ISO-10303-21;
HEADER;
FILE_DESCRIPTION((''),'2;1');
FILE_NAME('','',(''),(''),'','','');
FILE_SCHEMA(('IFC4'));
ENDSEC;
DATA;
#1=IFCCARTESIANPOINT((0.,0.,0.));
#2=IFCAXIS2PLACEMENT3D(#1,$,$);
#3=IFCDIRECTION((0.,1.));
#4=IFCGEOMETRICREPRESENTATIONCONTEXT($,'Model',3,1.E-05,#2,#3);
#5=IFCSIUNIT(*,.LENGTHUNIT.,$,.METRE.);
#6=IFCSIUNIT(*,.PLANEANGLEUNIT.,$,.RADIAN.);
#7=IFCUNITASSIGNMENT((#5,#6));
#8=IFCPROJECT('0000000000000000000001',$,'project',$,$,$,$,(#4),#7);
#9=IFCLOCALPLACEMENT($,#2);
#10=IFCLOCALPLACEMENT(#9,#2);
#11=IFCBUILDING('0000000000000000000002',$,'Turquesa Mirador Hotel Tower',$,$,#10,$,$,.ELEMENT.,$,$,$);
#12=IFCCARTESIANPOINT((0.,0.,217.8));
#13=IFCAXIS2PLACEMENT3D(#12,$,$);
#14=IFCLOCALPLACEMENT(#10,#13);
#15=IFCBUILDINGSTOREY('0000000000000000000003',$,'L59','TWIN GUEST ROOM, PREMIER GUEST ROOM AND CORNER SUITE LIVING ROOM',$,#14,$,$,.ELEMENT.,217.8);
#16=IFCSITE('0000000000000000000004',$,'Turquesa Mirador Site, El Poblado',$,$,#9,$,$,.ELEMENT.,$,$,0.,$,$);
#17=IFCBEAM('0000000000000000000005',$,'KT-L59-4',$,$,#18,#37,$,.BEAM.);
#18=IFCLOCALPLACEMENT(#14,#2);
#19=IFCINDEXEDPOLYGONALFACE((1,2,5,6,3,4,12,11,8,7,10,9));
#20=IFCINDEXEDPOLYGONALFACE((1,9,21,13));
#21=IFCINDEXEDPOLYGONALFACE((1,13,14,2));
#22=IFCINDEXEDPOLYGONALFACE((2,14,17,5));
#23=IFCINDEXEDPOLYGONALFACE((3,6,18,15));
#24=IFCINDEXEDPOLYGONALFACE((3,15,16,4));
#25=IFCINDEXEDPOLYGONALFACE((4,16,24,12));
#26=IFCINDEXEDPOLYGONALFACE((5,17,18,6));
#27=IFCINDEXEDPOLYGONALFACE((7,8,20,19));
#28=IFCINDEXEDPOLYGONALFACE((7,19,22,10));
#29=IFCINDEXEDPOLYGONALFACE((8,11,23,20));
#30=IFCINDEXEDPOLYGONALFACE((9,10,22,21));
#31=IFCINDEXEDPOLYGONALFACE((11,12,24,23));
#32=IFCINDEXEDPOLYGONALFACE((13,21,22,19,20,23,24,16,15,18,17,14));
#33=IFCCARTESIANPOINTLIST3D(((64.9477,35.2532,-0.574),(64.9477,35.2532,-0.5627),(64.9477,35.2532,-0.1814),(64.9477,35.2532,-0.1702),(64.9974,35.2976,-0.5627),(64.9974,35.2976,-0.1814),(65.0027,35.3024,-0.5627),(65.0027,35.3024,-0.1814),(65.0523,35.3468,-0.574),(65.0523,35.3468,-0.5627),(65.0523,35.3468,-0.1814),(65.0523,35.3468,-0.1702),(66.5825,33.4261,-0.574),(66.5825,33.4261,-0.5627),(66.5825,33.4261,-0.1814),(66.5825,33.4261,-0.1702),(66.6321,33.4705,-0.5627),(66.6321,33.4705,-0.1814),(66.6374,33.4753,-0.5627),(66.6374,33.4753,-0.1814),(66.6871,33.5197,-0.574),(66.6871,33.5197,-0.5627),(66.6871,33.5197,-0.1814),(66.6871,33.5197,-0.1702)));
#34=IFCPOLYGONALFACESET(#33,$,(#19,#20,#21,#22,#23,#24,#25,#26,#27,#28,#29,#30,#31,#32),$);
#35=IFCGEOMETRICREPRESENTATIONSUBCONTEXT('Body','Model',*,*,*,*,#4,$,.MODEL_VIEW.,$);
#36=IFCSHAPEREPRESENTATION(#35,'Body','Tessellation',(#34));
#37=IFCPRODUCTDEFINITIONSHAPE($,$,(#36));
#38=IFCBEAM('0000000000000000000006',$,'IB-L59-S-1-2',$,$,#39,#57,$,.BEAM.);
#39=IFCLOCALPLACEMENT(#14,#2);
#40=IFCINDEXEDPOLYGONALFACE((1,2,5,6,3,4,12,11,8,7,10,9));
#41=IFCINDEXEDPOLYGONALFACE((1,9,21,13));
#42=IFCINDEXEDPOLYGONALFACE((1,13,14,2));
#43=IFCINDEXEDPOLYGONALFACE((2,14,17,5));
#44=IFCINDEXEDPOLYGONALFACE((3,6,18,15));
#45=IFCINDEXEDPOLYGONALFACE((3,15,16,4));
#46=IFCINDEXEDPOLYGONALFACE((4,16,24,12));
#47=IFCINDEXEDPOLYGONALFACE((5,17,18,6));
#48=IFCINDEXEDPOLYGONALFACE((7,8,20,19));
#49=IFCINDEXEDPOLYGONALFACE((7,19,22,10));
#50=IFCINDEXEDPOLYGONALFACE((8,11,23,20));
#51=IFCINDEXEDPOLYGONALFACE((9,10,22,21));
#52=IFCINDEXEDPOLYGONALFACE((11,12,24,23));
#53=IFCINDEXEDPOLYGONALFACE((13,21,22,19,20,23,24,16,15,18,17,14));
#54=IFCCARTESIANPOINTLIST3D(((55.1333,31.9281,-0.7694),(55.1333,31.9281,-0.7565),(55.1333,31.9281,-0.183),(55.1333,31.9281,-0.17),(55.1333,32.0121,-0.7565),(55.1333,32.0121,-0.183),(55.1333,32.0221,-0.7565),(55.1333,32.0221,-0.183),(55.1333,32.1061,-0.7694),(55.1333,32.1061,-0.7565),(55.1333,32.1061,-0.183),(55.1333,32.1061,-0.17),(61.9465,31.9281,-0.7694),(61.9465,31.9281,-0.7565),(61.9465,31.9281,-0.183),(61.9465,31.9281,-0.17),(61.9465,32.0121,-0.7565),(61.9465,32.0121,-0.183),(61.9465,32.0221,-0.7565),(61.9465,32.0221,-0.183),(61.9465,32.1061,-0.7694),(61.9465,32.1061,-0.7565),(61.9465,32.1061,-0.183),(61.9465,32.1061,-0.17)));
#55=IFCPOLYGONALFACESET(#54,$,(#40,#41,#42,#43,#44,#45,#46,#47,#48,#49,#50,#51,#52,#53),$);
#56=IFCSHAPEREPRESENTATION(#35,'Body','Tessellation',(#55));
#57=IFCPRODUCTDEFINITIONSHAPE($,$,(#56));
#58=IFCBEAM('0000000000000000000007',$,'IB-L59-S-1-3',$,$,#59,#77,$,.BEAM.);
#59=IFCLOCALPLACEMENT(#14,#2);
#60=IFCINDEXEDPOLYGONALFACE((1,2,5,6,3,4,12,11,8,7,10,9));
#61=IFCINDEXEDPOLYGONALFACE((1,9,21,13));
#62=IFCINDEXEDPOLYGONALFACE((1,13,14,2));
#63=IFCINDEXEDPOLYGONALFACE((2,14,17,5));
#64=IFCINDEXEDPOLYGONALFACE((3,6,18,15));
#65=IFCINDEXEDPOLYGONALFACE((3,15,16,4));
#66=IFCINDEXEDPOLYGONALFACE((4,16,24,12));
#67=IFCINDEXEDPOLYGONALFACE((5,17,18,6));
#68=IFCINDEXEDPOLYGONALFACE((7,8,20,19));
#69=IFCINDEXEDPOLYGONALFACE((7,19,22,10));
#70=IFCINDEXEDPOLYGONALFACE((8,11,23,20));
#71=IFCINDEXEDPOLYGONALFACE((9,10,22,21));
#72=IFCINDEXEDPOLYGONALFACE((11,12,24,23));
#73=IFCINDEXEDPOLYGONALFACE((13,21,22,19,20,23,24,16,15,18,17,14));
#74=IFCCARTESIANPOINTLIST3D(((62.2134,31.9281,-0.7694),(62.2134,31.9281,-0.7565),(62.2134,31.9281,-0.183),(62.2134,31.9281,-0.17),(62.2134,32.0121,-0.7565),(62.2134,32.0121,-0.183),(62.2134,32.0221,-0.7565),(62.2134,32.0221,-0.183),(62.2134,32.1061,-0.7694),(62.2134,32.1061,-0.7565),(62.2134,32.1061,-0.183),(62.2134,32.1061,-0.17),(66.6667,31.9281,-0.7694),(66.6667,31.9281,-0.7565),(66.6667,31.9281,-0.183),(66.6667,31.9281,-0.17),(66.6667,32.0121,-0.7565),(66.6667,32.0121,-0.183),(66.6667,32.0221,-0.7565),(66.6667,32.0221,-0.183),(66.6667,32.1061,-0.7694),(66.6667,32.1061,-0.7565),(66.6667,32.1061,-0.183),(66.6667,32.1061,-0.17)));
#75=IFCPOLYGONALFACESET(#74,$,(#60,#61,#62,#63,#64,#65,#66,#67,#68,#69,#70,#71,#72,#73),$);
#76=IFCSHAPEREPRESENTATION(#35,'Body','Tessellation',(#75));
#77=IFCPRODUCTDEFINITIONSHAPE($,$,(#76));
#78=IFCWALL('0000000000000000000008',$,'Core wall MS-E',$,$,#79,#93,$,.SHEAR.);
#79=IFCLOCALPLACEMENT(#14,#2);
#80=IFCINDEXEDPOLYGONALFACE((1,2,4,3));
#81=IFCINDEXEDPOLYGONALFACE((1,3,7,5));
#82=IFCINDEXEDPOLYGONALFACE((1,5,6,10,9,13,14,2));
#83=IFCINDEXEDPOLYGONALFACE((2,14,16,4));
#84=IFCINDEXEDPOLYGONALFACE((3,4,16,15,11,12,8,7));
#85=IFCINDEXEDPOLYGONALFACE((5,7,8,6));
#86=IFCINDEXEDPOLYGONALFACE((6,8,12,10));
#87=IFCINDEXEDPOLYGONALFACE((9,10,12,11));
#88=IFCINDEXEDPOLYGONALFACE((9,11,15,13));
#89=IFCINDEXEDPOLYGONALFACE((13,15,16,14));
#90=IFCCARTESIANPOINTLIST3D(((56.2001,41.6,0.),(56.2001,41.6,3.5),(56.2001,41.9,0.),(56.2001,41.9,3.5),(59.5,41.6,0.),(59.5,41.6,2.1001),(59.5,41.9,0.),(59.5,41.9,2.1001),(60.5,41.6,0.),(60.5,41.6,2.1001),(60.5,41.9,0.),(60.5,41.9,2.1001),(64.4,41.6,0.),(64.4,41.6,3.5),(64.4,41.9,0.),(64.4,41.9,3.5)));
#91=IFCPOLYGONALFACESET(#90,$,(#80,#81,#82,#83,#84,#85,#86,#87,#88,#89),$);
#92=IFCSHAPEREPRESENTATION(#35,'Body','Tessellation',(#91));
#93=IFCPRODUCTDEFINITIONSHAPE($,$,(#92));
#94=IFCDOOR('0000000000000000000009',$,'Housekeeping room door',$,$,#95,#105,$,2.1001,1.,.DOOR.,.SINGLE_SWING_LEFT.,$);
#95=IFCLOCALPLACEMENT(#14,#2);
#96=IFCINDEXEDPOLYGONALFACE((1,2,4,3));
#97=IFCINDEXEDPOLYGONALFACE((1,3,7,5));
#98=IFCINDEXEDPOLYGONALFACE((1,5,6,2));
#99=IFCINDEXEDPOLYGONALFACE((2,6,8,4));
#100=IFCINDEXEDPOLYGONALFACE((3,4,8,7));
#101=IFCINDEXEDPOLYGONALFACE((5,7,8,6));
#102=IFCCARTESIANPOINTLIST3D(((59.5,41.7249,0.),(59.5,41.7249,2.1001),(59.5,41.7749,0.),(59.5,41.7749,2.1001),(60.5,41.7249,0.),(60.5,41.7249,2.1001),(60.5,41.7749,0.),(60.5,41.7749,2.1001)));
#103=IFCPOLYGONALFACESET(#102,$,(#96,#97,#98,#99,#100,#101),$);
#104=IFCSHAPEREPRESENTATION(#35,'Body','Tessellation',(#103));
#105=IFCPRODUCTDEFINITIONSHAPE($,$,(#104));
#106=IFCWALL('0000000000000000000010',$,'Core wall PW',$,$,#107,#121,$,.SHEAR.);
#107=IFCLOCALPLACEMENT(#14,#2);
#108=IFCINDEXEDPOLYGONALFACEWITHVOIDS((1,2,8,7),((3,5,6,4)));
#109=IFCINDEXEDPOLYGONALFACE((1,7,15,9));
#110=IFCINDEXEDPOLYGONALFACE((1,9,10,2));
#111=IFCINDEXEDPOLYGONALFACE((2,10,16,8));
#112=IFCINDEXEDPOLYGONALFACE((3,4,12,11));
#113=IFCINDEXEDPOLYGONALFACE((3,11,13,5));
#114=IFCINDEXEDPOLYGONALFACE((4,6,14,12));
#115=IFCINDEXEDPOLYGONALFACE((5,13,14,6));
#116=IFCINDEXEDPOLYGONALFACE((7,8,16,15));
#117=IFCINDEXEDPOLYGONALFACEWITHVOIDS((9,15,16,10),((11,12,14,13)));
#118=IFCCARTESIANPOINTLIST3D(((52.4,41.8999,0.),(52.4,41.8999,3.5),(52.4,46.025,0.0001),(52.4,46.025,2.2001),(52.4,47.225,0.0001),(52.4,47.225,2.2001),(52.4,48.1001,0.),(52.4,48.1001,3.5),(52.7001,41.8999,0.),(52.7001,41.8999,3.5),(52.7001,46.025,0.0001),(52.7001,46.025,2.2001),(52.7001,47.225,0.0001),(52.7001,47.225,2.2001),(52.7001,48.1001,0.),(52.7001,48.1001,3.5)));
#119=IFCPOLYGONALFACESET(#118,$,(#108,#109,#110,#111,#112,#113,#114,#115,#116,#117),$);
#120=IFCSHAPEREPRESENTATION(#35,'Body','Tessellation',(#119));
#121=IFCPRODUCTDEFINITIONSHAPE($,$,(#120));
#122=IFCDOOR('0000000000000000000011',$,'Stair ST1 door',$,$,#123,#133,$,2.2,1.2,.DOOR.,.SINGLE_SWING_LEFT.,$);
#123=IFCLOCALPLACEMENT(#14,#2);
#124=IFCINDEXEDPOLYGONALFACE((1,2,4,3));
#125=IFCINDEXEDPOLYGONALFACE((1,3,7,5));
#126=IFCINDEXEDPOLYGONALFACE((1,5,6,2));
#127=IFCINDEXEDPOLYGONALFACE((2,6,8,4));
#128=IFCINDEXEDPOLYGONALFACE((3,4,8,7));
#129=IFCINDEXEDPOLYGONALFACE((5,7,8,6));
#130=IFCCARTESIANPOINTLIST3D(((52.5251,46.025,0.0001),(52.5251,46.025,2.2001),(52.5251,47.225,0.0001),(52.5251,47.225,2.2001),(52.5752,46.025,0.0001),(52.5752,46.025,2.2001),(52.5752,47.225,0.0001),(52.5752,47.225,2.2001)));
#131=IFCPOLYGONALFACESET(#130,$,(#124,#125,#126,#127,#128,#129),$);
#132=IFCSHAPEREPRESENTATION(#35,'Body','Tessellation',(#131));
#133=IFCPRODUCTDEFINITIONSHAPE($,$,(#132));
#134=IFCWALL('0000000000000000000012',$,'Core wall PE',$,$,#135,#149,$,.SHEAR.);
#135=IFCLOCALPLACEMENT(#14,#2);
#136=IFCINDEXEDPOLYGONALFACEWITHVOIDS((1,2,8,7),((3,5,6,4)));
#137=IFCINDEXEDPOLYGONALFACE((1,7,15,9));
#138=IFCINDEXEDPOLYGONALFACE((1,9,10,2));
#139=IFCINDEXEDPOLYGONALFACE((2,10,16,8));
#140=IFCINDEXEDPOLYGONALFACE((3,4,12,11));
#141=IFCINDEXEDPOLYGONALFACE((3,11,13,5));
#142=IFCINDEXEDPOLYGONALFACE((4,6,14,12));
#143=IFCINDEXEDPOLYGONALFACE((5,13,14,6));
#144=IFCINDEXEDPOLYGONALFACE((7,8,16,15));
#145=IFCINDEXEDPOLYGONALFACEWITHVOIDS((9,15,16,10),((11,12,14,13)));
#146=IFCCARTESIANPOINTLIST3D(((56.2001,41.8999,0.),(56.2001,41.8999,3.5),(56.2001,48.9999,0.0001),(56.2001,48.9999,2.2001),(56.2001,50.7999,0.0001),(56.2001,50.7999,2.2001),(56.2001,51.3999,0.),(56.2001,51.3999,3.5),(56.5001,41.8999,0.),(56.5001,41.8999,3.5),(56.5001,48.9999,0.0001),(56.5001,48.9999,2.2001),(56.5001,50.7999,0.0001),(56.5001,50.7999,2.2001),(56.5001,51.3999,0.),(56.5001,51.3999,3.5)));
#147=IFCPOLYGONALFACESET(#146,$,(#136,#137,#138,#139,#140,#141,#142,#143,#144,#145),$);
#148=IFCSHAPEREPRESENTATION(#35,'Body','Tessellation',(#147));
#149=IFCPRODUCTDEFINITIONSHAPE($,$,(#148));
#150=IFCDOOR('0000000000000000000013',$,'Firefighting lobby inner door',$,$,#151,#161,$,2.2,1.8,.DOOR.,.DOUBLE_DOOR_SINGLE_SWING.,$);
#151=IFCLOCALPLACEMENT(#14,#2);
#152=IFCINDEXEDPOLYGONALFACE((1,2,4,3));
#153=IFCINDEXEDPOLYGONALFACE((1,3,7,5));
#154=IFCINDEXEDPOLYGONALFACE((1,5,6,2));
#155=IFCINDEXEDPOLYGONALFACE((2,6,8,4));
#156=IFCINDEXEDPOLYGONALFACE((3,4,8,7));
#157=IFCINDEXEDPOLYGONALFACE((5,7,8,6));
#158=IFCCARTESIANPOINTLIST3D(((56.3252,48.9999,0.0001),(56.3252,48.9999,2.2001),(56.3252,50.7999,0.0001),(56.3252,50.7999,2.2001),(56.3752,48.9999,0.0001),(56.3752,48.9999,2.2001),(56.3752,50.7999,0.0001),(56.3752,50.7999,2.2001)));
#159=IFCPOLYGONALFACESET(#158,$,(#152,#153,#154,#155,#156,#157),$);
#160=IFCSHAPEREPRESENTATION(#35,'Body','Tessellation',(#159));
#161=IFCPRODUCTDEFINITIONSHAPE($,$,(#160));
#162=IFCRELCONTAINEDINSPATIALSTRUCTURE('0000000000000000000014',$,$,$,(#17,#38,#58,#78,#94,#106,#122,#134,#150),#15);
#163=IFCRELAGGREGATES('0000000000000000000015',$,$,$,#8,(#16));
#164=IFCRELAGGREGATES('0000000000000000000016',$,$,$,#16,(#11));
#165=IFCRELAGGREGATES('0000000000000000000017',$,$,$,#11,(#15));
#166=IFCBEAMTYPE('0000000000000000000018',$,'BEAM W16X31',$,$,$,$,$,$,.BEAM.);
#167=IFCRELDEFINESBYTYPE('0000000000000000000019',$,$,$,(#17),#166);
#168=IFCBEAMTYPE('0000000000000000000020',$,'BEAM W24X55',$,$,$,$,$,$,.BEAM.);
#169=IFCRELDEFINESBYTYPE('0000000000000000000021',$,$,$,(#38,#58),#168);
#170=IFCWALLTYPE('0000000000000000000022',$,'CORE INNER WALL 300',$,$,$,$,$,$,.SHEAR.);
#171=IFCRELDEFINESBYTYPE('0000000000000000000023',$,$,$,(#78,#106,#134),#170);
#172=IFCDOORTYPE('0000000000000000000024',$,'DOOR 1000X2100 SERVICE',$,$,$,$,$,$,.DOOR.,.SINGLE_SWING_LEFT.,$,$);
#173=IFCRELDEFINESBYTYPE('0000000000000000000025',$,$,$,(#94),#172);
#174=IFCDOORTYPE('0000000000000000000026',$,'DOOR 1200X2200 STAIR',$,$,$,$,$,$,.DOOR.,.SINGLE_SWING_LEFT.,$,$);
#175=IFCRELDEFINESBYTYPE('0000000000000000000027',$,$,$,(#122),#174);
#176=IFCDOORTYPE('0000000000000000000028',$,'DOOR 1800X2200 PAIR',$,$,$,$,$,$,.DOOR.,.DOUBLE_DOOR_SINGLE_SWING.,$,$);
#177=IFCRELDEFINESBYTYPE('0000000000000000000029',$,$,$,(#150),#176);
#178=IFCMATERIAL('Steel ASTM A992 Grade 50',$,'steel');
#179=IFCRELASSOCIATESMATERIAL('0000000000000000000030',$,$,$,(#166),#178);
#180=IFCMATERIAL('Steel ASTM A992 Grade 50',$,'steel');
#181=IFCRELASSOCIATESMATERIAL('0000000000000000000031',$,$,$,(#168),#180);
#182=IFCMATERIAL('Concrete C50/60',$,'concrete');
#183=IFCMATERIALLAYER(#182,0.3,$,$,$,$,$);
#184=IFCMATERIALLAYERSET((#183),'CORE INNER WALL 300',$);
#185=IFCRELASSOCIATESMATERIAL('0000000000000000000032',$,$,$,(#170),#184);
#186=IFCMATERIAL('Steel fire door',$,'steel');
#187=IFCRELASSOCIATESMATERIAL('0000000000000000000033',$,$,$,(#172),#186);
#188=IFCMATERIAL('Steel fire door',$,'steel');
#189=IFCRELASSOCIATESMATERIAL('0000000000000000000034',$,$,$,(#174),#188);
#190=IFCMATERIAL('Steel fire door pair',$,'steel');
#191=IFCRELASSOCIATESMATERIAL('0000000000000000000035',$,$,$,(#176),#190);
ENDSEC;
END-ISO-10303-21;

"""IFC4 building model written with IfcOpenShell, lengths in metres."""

from ifc_helpers import new_model, si_unit, direction, frame, frame_2d, origin, origin_2d, place, context, subcontext, project, spatial, rectangle, i_section, extrude, material, layer, layer_set, material_profile, profile_set, type_object, element, fill, save


model = new_model("IFC4")

# Units and contexts
model_context = context("Model", 3, precision=1e-05, world=origin(), true_north=direction((0.0, 1.0)))
body_context = subcontext(model_context, "Body", "Model", "MODEL_VIEW")
ifc_project = project(units=[si_unit("LENGTHUNIT", "METRE"), si_unit("PLANEANGLEUNIT", "RADIAN")], contexts=[model_context])

# Site, building, storey
site_placement = place(None, origin())
site = spatial("IfcSite", under=ifc_project, at=site_placement, Name="Turquesa Mirador Site, El Poblado", CompositionType="ELEMENT", RefElevation=0.0)
building_placement = place(site_placement, origin())
building = spatial("IfcBuilding", under=site, at=building_placement, Name="Turquesa Mirador Hotel Tower", CompositionType="ELEMENT")
storey_placement = place(building_placement, frame((0.0, 0.0, 217.8)))
storey = spatial("IfcBuildingStorey", under=building, at=storey_placement, Name="L59", Description="TWIN GUEST ROOM, PREMIER GUEST ROOM AND CORNER SUITE LIVING ROOM", CompositionType="ELEMENT", Elevation=217.8)

# Beams
ifc_material_1 = material(Name="Steel ASTM A992 Grade 50", Category="steel")
ifc_material_profile_1 = material_profile(ifc_material_1, i_section(OverallWidth=0.1404, OverallDepth=0.4038, WebThickness=0.0071, FlangeThickness=0.0112, at=origin_2d()), Name="W16X31")
ifc_profile_set_1 = profile_set([ifc_material_profile_1], Name="Steel ASTM A992 Grade 50")
beam_type_1 = type_object("IfcBeamType", Name="BEAM W16X31", PredefinedType="BEAM", material=ifc_profile_set_1)
beam_1_placement = place(storey_placement, frame((66.6348, 33.4729, -0.3721), z_axis=(-0.666783, 0.745252, 0.0), x_axis=(-0.745252, -0.666783, 0.0)))
element("IfcBeam", 1, at=beam_1_placement, inside=storey, type_object=beam_type_1, Name="KT-L59-4", PredefinedType="BEAM", context=body_context, shape_type="SweptSolid", body=[
    extrude(i_section(OverallWidth=0.1404, OverallDepth=0.4038, WebThickness=0.0071, FlangeThickness=0.0112, at=origin_2d()), origin(), (0.0, 0.0, 1.0), 2.4517),
])
ifc_material_2 = material(Name="Steel ASTM A992 Grade 50", Category="steel")
ifc_material_profile_2 = material_profile(ifc_material_2, i_section(OverallWidth=0.178, OverallDepth=0.5994, WebThickness=0.01, FlangeThickness=0.0129, at=origin_2d()), Name="W24X55")
ifc_profile_set_2 = profile_set([ifc_material_profile_2], Name="Steel ASTM A992 Grade 50")
beam_type_2 = type_object("IfcBeamType", Name="BEAM W24X55", PredefinedType="BEAM", material=ifc_profile_set_2)
beam_2_placement = place(storey_placement, frame((55.1333, 32.0171, -0.4697), z_axis=(1.0, 0.0, 0.0), x_axis=(0.0, 1.0, 0.0)))
element("IfcBeam", 2, at=beam_2_placement, inside=storey, type_object=beam_type_2, Name="IB-L59-S-1-2", PredefinedType="BEAM", context=body_context, shape_type="SweptSolid", body=[
    extrude(i_section(OverallWidth=0.178, OverallDepth=0.5994, WebThickness=0.01, FlangeThickness=0.0129, at=origin_2d()), origin(), (0.0, 0.0, 1.0), 6.8132),
])
beam_3_placement = place(storey_placement, frame((62.2134, 32.0171, -0.4697), z_axis=(1.0, 0.0, 0.0), x_axis=(0.0, 1.0, 0.0)))
element("IfcBeam", 3, at=beam_3_placement, inside=storey, type_object=beam_type_2, Name="IB-L59-S-1-3", PredefinedType="BEAM", context=body_context, shape_type="SweptSolid", body=[
    extrude(i_section(OverallWidth=0.178, OverallDepth=0.5994, WebThickness=0.01, FlangeThickness=0.0129, at=origin_2d()), origin(), (0.0, 0.0, 1.0), 4.4534),
])

# Walls, openings, doors
ifc_material_3 = material(Name="Concrete C50/60", Category="concrete")
ifc_layer_1 = layer(ifc_material_3, 0.3)
ifc_layer_set_1 = layer_set([ifc_layer_1], Name="CORE INNER WALL 300")
wall_type_1 = type_object("IfcWallType", Name="CORE INNER WALL 300", PredefinedType="SHEAR", material=ifc_layer_set_1)
wall_1_placement = place(storey_placement, frame((56.2, 41.75, 0.0), z_axis=(0.0, 0.0, 1.0), x_axis=(1.0, 0.0, 0.0)))
wall_1 = element("IfcWall", 4, at=wall_1_placement, inside=storey, type_object=wall_type_1, Name="Core wall MS-E", PredefinedType="SHEAR", context=body_context, shape_type="SweptSolid", body=[
    extrude(rectangle(XDim=8.2, YDim=0.3, at=frame_2d((4.1001, 0.0))), origin(), (0.0, 0.0, 1.0), 3.5),
])
opening_1_placement = place(wall_1_placement, frame((3.3, 0.0, 0.0)))
opening_1 = element("IfcOpeningElement", 5, at=opening_1_placement, cuts=wall_1, PredefinedType="OPENING", context=body_context, shape_type="SweptSolid", body=[
    extrude(rectangle(XDim=1.0, YDim=2.1001, at=frame_2d((0.5, 1.05))), frame((0.0, 0.1599, 0.0), z_axis=(0.0, -1.0, 0.0), x_axis=(1.0, 0.0, 0.0)), (0.0, 0.0, 1.0), 0.3201),
])
ifc_material_4 = material(Name="Steel fire door", Category="steel")
door_type_1 = type_object("IfcDoorType", Name="DOOR 1000X2100 SERVICE", OperationType="SINGLE_SWING_LEFT", PredefinedType="DOOR", material=ifc_material_4)
door_1_placement = place(opening_1_placement, origin())
door_1 = element("IfcDoor", 6, at=door_1_placement, inside=storey, type_object=door_type_1, Name="Housekeeping room door", OperationType="SINGLE_SWING_LEFT", OverallHeight=2.1001, OverallWidth=1.0, PredefinedType="DOOR", context=body_context, shape_type="SweptSolid", body=[
    extrude(rectangle(XDim=1.0, YDim=2.1001, at=frame_2d((0.5, 1.05))), frame((0.0, 0.0249, 0.0), z_axis=(0.0, -1.0, 0.0), x_axis=(1.0, 0.0, 0.0)), (0.0, 0.0, 1.0), 0.05),
])
fill(opening_1, door_1)
wall_2_placement = place(storey_placement, frame((52.55, 41.8999, 0.0), z_axis=(0.0, 0.0, 1.0), x_axis=(0.0, 1.0, 0.0)))
wall_2 = element("IfcWall", 7, at=wall_2_placement, inside=storey, type_object=wall_type_1, Name="Core wall PW", PredefinedType="SHEAR", context=body_context, shape_type="SweptSolid", body=[
    extrude(rectangle(XDim=6.2002, YDim=0.3, at=frame_2d((3.1001, 0.0))), origin(), (0.0, 0.0, 1.0), 3.5),
])
opening_2_placement = place(wall_2_placement, frame((4.125, 0.0, 0.0)))
opening_2 = element("IfcOpeningElement", 8, at=opening_2_placement, cuts=wall_2, PredefinedType="OPENING", context=body_context, shape_type="SweptSolid", body=[
    extrude(rectangle(XDim=1.2, YDim=2.2, at=frame_2d((0.6001, 1.1001))), frame((0.0, 0.1599, 0.0), z_axis=(0.0, -1.0, 0.0), x_axis=(1.0, 0.0, 0.0)), (0.0, 0.0, 1.0), 0.3201),
])
ifc_material_5 = material(Name="Steel fire door", Category="steel")
door_type_2 = type_object("IfcDoorType", Name="DOOR 1200X2200 STAIR", OperationType="SINGLE_SWING_LEFT", PredefinedType="DOOR", material=ifc_material_5)
door_2_placement = place(opening_2_placement, origin())
door_2 = element("IfcDoor", 9, at=door_2_placement, inside=storey, type_object=door_type_2, Name="Stair ST1 door", OperationType="SINGLE_SWING_LEFT", OverallHeight=2.2, OverallWidth=1.2, PredefinedType="DOOR", context=body_context, shape_type="SweptSolid", body=[
    extrude(rectangle(XDim=1.2, YDim=2.2, at=frame_2d((0.6001, 1.1001))), frame((0.0, 0.0249, 0.0), z_axis=(0.0, -1.0, 0.0), x_axis=(1.0, 0.0, 0.0)), (0.0, 0.0, 1.0), 0.05),
])
fill(opening_2, door_2)
wall_3_placement = place(storey_placement, frame((56.3501, 41.8999, 0.0), z_axis=(0.0, 0.0, 1.0), x_axis=(0.0, 1.0, 0.0)))
wall_3 = element("IfcWall", 10, at=wall_3_placement, inside=storey, type_object=wall_type_1, Name="Core wall PE", PredefinedType="SHEAR", context=body_context, shape_type="SweptSolid", body=[
    extrude(rectangle(XDim=9.5, YDim=0.3, at=frame_2d((4.75, 0.0))), origin(), (0.0, 0.0, 1.0), 3.5),
])
opening_3_placement = place(wall_3_placement, frame((7.1001, 0.0, 0.0)))
opening_3 = element("IfcOpeningElement", 11, at=opening_3_placement, cuts=wall_3, PredefinedType="OPENING", context=body_context, shape_type="SweptSolid", body=[
    extrude(rectangle(XDim=1.8, YDim=2.2, at=frame_2d((0.8999, 1.1001))), frame((0.0, 0.1599, 0.0), z_axis=(0.0, -1.0, 0.0), x_axis=(1.0, 0.0, 0.0)), (0.0, 0.0, 1.0), 0.3201),
])
ifc_material_6 = material(Name="Steel fire door pair", Category="steel")
door_type_3 = type_object("IfcDoorType", Name="DOOR 1800X2200 PAIR", OperationType="DOUBLE_DOOR_SINGLE_SWING", PredefinedType="DOOR", material=ifc_material_6)
door_3_placement = place(opening_3_placement, origin())
door_3 = element("IfcDoor", 12, at=door_3_placement, inside=storey, type_object=door_type_3, Name="Firefighting lobby inner door", OperationType="DOUBLE_DOOR_SINGLE_SWING", OverallHeight=2.2, OverallWidth=1.8, PredefinedType="DOOR", context=body_context, shape_type="SweptSolid", body=[
    extrude(rectangle(XDim=1.8, YDim=2.2, at=frame_2d((0.8999, 1.1001))), frame((0.0, 0.0249, 0.0), z_axis=(0.0, -1.0, 0.0), x_axis=(1.0, 0.0, 0.0)), (0.0, 0.0, 1.0), 0.05),
])
fill(opening_3, door_3)

save(model, "model.ifc")
